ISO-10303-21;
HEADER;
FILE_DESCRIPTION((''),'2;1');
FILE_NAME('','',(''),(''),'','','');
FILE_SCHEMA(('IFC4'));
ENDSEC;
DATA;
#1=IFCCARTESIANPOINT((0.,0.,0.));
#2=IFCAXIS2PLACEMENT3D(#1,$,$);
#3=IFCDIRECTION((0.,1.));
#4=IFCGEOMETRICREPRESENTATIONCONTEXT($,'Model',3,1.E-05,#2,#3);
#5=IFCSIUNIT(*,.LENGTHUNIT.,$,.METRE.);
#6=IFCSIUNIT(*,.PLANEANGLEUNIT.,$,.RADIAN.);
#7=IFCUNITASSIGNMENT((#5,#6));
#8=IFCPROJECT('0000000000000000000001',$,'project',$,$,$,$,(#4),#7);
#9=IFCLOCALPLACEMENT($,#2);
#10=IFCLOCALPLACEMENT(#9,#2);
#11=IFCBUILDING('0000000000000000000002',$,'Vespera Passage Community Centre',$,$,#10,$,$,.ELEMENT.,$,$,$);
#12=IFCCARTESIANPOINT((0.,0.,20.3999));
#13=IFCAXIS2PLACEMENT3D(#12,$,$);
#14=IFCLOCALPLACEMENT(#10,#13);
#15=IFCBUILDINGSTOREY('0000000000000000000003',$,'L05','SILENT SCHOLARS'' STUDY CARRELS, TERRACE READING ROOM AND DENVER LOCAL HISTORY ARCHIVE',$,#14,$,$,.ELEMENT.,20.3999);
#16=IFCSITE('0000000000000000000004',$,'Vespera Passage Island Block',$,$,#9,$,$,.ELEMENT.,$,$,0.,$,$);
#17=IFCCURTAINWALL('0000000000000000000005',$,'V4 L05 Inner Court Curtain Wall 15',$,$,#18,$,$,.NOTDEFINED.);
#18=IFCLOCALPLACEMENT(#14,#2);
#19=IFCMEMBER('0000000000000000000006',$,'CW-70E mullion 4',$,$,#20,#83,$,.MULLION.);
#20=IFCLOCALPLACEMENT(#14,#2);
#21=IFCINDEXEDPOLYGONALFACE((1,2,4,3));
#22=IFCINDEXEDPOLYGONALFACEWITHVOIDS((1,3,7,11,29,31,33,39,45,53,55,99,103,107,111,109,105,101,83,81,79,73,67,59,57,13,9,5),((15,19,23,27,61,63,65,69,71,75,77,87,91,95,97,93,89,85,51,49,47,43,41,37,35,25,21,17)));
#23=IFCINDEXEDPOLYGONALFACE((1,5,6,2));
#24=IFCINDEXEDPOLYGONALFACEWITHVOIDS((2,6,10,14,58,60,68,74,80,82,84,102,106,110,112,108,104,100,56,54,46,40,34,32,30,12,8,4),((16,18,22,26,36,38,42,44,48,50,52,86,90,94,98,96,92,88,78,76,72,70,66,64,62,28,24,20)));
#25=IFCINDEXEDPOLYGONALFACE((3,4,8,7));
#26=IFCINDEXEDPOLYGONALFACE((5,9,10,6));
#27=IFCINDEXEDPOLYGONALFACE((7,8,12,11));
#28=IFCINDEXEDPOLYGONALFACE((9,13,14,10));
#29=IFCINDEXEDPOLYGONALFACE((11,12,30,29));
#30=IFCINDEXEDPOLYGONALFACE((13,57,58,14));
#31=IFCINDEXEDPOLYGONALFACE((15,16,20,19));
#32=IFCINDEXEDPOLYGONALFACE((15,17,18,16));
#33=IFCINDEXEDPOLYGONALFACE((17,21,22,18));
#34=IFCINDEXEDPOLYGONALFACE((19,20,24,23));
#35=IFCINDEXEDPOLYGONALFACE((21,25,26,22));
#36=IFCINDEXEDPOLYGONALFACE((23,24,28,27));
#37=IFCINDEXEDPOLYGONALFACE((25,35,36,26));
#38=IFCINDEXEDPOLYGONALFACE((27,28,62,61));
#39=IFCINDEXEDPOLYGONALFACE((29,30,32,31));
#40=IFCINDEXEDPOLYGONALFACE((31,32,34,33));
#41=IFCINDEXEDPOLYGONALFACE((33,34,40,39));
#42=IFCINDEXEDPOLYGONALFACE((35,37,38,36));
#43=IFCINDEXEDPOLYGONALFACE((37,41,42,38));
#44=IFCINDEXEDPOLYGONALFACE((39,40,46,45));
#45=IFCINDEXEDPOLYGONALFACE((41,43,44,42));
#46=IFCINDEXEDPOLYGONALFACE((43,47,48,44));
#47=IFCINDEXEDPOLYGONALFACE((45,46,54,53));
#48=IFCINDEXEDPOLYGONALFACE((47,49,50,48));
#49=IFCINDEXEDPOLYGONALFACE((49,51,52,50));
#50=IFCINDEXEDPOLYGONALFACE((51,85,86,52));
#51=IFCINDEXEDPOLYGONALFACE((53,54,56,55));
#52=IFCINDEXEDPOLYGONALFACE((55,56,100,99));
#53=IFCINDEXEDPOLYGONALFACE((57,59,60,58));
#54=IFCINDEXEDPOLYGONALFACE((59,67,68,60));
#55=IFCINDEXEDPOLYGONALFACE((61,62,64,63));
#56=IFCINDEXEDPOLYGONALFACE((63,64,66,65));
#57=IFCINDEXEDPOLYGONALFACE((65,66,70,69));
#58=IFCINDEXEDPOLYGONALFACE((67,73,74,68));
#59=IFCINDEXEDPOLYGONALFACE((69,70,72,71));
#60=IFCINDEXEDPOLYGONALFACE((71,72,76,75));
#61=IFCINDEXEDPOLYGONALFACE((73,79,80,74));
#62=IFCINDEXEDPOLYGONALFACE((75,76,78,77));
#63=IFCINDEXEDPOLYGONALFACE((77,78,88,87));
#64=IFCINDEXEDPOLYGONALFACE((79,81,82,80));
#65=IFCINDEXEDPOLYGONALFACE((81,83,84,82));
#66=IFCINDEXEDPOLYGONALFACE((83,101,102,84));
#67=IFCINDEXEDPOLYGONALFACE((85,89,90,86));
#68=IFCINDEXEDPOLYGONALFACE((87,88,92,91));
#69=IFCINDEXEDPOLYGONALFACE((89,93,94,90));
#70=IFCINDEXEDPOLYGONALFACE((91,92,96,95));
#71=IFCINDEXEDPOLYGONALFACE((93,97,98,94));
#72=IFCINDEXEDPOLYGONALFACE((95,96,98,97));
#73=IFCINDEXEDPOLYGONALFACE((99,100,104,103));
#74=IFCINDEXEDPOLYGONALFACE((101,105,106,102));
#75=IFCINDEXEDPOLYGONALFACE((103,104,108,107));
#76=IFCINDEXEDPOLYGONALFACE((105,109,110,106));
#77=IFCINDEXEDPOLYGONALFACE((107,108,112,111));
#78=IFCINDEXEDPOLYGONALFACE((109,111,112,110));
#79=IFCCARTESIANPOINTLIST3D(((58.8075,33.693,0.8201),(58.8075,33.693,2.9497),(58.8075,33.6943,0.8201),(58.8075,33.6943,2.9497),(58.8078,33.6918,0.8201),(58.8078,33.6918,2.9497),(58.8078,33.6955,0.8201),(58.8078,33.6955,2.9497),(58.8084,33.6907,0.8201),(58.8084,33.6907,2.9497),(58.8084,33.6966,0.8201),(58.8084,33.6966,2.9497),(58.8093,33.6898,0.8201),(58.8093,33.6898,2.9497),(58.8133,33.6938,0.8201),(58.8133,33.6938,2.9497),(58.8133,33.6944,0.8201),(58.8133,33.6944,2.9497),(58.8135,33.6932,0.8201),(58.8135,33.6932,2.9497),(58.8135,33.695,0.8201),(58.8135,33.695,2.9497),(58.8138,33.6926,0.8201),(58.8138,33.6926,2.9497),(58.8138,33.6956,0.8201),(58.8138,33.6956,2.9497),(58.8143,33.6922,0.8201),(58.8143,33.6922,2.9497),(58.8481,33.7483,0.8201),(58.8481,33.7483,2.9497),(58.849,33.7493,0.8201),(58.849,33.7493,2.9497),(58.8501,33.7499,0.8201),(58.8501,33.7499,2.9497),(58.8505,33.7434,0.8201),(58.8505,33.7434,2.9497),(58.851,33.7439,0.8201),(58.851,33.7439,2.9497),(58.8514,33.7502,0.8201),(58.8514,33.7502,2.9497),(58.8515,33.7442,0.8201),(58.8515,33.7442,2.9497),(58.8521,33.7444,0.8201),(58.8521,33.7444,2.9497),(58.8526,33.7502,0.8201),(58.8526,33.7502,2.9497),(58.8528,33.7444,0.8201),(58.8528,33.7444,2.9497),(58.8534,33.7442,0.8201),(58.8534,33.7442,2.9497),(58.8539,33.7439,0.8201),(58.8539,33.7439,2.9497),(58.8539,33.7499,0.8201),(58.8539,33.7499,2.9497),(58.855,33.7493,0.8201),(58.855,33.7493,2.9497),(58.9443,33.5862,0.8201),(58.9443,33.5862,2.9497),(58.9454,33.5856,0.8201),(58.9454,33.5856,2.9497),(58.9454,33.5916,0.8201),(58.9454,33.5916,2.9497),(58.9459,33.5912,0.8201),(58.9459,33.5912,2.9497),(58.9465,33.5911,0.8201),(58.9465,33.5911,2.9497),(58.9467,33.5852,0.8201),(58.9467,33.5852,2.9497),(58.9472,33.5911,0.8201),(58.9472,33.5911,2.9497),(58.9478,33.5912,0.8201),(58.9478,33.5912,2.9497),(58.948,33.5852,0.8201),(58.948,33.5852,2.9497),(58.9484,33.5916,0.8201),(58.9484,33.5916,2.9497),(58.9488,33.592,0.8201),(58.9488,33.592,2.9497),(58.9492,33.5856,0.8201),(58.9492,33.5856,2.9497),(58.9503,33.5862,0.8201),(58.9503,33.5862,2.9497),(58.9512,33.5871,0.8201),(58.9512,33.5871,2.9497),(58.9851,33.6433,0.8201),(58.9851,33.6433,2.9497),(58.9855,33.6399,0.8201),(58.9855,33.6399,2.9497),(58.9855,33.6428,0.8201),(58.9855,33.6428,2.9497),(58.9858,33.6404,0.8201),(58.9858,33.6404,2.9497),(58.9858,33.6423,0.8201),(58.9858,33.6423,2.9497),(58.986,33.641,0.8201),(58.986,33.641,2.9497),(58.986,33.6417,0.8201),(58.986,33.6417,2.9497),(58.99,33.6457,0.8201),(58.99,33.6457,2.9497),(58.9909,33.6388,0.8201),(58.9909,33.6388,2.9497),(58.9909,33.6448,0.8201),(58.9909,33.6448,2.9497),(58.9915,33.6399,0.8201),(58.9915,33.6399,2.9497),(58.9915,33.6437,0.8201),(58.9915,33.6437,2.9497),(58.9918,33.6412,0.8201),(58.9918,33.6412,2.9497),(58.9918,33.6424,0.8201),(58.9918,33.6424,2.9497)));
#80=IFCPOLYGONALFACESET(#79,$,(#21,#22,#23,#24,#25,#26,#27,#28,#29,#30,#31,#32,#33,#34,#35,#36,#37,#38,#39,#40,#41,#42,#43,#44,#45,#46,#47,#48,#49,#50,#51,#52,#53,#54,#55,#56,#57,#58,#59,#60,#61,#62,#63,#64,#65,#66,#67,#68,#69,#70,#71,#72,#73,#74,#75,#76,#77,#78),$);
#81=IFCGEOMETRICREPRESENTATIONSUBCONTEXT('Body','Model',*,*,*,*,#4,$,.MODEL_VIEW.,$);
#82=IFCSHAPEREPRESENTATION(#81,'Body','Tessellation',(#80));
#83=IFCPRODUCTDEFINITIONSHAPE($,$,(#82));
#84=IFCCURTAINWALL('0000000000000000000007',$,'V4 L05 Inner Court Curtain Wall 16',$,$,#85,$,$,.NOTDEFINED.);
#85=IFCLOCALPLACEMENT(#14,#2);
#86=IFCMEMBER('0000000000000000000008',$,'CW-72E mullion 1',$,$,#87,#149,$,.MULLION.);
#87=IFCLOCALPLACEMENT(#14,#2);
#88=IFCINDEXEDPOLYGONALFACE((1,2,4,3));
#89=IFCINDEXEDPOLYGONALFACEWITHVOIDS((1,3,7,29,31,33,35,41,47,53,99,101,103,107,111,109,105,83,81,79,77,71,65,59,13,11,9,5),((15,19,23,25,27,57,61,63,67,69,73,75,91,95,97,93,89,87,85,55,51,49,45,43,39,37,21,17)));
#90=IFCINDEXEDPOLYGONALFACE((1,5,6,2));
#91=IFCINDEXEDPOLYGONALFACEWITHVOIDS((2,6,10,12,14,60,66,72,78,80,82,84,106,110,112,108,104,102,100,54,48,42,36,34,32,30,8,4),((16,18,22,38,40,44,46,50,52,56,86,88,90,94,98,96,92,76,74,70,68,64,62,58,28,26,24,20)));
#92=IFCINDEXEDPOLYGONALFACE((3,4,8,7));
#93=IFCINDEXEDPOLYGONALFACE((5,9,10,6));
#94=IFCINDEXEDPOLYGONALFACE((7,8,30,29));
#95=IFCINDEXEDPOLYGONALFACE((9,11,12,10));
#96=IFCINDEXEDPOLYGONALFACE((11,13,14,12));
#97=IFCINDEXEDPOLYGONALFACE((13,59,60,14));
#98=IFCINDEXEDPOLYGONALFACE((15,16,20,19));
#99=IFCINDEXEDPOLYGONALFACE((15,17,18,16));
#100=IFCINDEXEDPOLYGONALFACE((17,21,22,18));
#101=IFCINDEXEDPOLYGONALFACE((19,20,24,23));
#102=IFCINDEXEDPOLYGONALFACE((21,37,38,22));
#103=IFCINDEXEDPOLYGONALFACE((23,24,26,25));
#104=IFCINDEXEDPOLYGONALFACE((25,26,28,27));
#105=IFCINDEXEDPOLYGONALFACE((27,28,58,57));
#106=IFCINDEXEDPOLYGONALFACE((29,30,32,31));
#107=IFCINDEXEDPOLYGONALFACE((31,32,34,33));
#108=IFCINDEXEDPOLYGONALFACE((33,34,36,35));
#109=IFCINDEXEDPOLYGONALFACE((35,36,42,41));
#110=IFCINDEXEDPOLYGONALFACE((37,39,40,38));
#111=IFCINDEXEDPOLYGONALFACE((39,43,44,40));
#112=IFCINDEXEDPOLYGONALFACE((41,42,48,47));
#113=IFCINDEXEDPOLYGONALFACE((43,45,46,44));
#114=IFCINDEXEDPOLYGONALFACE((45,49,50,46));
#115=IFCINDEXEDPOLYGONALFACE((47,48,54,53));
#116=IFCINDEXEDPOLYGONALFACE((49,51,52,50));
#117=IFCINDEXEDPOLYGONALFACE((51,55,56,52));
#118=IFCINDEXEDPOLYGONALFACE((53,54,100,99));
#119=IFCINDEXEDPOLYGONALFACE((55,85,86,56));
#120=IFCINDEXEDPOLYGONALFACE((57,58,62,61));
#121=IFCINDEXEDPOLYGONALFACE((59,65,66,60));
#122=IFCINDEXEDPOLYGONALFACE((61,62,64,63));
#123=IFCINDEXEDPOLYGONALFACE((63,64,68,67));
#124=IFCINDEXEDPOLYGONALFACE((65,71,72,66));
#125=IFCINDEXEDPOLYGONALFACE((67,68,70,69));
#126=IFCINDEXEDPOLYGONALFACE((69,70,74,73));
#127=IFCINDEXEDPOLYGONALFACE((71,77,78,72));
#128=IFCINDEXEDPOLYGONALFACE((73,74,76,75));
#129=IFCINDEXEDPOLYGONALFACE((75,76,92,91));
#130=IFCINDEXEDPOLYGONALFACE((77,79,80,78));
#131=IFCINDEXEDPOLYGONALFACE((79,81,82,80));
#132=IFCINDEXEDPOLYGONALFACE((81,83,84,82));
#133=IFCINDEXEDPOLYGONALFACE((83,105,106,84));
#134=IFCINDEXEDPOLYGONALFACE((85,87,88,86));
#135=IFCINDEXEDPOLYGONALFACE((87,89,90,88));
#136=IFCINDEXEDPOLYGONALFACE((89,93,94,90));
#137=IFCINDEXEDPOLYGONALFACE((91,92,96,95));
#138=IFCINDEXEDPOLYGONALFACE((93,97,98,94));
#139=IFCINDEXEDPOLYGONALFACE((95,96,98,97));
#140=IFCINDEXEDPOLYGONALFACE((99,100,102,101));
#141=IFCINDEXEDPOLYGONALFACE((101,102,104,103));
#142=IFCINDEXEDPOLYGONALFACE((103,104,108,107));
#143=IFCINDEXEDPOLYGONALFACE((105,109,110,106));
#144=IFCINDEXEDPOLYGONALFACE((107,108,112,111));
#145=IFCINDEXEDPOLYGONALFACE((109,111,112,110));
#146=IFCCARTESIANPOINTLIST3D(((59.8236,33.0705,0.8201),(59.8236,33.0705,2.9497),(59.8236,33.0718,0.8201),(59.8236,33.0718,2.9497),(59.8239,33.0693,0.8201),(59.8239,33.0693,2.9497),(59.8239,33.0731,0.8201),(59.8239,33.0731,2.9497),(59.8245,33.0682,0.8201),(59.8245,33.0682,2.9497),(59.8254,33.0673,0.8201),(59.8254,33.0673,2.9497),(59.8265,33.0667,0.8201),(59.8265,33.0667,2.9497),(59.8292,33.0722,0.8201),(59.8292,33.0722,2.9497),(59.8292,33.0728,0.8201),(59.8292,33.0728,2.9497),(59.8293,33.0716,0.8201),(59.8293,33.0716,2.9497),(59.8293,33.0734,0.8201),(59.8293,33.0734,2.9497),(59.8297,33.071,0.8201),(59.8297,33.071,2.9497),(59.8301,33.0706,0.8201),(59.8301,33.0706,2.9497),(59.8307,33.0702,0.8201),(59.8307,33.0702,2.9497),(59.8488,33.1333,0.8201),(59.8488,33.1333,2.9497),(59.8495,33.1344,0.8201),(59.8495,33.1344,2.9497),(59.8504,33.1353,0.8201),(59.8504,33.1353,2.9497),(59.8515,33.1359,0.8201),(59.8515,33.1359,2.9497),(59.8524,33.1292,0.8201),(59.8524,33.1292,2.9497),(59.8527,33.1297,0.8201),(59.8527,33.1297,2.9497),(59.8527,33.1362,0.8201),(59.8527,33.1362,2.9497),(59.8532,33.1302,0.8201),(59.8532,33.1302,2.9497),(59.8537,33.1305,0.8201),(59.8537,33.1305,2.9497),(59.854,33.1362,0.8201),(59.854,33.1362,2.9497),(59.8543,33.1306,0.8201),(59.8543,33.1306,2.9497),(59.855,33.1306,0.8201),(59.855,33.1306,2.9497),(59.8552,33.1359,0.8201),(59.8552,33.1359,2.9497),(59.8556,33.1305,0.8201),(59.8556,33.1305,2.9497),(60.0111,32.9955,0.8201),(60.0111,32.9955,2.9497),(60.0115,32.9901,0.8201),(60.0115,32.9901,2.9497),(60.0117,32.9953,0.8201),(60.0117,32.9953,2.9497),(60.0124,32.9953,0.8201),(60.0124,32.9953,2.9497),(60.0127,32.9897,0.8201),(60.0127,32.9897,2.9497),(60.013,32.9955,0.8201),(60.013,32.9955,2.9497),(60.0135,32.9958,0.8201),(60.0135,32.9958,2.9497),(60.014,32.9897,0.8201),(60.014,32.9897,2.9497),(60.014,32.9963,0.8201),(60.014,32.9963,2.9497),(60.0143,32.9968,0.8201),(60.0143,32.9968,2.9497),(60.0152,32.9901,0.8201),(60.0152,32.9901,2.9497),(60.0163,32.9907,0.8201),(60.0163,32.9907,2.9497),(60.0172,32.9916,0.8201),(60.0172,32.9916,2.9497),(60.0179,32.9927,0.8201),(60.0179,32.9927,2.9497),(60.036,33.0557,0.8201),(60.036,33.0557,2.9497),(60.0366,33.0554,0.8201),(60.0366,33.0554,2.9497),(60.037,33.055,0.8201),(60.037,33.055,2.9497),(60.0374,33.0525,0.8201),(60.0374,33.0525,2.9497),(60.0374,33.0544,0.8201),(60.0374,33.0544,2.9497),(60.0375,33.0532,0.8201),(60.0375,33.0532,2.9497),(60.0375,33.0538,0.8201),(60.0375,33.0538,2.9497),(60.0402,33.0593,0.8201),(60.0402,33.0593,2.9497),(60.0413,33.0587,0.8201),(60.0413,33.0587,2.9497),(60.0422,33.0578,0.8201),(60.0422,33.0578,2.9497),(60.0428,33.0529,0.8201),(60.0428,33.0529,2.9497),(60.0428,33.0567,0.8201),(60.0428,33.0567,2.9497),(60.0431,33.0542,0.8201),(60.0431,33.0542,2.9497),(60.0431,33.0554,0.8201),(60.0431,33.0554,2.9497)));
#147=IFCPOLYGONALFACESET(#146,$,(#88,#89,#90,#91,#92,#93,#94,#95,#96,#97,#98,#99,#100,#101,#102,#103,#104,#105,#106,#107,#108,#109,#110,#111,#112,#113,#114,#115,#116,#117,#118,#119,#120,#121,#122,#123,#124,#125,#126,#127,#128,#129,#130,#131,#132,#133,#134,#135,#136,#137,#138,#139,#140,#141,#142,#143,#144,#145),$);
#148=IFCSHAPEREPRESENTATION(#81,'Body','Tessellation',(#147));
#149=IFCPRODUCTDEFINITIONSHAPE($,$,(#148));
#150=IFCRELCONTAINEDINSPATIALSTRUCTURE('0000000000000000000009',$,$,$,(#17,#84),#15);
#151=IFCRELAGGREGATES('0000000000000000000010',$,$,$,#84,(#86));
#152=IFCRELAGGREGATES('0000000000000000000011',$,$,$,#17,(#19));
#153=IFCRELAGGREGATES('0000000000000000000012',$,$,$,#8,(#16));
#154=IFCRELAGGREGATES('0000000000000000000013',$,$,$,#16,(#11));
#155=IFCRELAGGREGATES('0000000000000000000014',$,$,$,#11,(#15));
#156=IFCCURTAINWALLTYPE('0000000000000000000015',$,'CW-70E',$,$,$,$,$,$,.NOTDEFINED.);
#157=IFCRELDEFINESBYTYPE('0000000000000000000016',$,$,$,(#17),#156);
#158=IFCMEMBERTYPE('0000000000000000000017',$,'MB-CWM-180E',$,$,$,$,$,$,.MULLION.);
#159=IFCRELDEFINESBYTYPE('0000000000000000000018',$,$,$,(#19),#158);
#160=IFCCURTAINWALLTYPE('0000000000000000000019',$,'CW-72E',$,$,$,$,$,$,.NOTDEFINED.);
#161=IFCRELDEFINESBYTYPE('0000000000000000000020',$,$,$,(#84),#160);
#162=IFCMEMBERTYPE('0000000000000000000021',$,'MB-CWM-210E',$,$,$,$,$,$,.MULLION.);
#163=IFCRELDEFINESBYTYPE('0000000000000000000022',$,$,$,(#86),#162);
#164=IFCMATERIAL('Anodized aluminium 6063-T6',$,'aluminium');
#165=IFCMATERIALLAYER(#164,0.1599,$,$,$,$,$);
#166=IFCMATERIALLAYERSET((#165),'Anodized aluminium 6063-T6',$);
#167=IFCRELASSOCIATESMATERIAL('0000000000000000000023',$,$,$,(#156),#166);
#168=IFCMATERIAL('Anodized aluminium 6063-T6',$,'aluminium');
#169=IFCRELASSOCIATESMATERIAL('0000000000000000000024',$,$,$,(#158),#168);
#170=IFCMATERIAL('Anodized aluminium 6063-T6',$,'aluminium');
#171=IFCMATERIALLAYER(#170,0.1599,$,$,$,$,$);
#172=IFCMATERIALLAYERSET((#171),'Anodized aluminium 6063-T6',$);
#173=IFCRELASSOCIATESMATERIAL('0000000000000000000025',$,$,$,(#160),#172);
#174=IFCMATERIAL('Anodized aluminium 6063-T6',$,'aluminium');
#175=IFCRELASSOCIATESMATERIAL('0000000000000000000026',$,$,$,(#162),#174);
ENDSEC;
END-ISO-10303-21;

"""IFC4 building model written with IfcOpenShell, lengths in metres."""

from ifc_helpers import new_model, si_unit, direction, frame, origin, origin_2d, place, context, subcontext, project, spatial, hollow_rectangle, extrude, material, layer, layer_set, material_profile, profile_set, type_object, element, aggregate, save


model = new_model("IFC4")

# Units and contexts
model_context = context("Model", 3, precision=1e-05, world=origin(), true_north=direction((0.0, 1.0)))
body_context = subcontext(model_context, "Body", "Model", "MODEL_VIEW")
ifc_project = project(units=[si_unit("LENGTHUNIT", "METRE"), si_unit("PLANEANGLEUNIT", "RADIAN")], contexts=[model_context])

# Site, building, storey
site_placement = place(None, origin())
site = spatial("IfcSite", under=ifc_project, at=site_placement, Name="Vespera Passage Island Block", CompositionType="ELEMENT", RefElevation=0.0)
building_placement = place(site_placement, origin())
building = spatial("IfcBuilding", under=site, at=building_placement, Name="Vespera Passage Community Centre", CompositionType="ELEMENT")
storey_placement = place(building_placement, frame((0.0, 0.0, 20.3999)))
storey = spatial("IfcBuildingStorey", under=building, at=storey_placement, Name="L05", Description="SILENT SCHOLARS' STUDY CARRELS, TERRACE READING ROOM AND DENVER LOCAL HISTORY ARCHIVE", CompositionType="ELEMENT", Elevation=20.3999)

# Curtain walls, members
ifc_material_1 = material(Name="Anodized aluminium 6063-T6", Category="aluminium")
ifc_layer_1 = layer(ifc_material_1, 0.1599)
ifc_layer_set_1 = layer_set([ifc_layer_1], Name="Anodized aluminium 6063-T6")
curtain_wall_type_1 = type_object("IfcCurtainWallType", Name="CW-70E", PredefinedType="NOTDEFINED", material=ifc_layer_set_1)
curtain_wall_1_placement = place(storey_placement, origin())
curtain_wall_1 = element("IfcCurtainWall", 1, at=curtain_wall_1_placement, inside=storey, type_object=curtain_wall_type_1, Name="V4 L05 Inner Court Curtain Wall 15", PredefinedType="NOTDEFINED")
ifc_material_2 = material(Name="Anodized aluminium 6063-T6", Category="aluminium")
ifc_material_profile_1 = material_profile(ifc_material_2, hollow_rectangle(XDim=0.075, YDim=0.1799, WallThickness=0.0049, InnerFilletRadius=0.0024, OuterFilletRadius=0.0049, at=origin_2d()), Name="ALU180X75X5")
ifc_profile_set_1 = profile_set([ifc_material_profile_1], Name="Anodized aluminium 6063-T6")
member_type_1 = type_object("IfcMemberType", Name="MB-CWM-180E", PredefinedType="MULLION", material=ifc_profile_set_1)
member_1_placement = place(storey_placement, frame((58.8997, 33.6677, 0.8201), z_axis=(0.0, 0.0, 1.0), x_axis=(0.608755, 0.793358, 0.0)))
member_1 = element("IfcMember", 2, at=member_1_placement, type_object=member_type_1, Name="CW-70E mullion 4", PredefinedType="MULLION", context=body_context, shape_type="SweptSolid", body=[
    extrude(hollow_rectangle(XDim=0.075, YDim=0.1799, WallThickness=0.0049, InnerFilletRadius=0.0024, OuterFilletRadius=0.0049, at=origin_2d()), origin(), (0.0, 0.0, 1.0), 2.1296),
])
ifc_material_3 = material(Name="Anodized aluminium 6063-T6", Category="aluminium")
ifc_layer_2 = layer(ifc_material_3, 0.1599)
ifc_layer_set_2 = layer_set([ifc_layer_2], Name="Anodized aluminium 6063-T6")
curtain_wall_type_2 = type_object("IfcCurtainWallType", Name="CW-72E", PredefinedType="NOTDEFINED", material=ifc_layer_set_2)
curtain_wall_2_placement = place(storey_placement, origin())
curtain_wall_2 = element("IfcCurtainWall", 3, at=curtain_wall_2_placement, inside=storey, type_object=curtain_wall_type_2, Name="V4 L05 Inner Court Curtain Wall 16", PredefinedType="NOTDEFINED")
ifc_material_4 = material(Name="Anodized aluminium 6063-T6", Category="aluminium")
ifc_material_profile_2 = material_profile(ifc_material_4, hollow_rectangle(XDim=0.075, YDim=0.21, WallThickness=0.0049, InnerFilletRadius=0.0024, OuterFilletRadius=0.0049, at=origin_2d()), Name="ALU210X75X5")
ifc_profile_set_2 = profile_set([ifc_material_profile_2], Name="Anodized aluminium 6063-T6")
member_type_2 = type_object("IfcMemberType", Name="MB-CWM-210E", PredefinedType="MULLION", material=ifc_profile_set_2)
member_2_placement = place(storey_placement, frame((59.9333, 33.063, 0.8201), z_axis=(0.0, 0.0, 1.0), x_axis=(0.38269, 0.923877, 0.0)))
member_2 = element("IfcMember", 4, at=member_2_placement, type_object=member_type_2, Name="CW-72E mullion 1", PredefinedType="MULLION", context=body_context, shape_type="SweptSolid", body=[
    extrude(hollow_rectangle(XDim=0.075, YDim=0.21, WallThickness=0.0049, InnerFilletRadius=0.0024, OuterFilletRadius=0.0049, at=origin_2d()), origin(), (0.0, 0.0, 1.0), 2.1296),
])
aggregate(curtain_wall_2, [member_2])

aggregate(curtain_wall_1, [member_1])

save(model, "model.ifc")
